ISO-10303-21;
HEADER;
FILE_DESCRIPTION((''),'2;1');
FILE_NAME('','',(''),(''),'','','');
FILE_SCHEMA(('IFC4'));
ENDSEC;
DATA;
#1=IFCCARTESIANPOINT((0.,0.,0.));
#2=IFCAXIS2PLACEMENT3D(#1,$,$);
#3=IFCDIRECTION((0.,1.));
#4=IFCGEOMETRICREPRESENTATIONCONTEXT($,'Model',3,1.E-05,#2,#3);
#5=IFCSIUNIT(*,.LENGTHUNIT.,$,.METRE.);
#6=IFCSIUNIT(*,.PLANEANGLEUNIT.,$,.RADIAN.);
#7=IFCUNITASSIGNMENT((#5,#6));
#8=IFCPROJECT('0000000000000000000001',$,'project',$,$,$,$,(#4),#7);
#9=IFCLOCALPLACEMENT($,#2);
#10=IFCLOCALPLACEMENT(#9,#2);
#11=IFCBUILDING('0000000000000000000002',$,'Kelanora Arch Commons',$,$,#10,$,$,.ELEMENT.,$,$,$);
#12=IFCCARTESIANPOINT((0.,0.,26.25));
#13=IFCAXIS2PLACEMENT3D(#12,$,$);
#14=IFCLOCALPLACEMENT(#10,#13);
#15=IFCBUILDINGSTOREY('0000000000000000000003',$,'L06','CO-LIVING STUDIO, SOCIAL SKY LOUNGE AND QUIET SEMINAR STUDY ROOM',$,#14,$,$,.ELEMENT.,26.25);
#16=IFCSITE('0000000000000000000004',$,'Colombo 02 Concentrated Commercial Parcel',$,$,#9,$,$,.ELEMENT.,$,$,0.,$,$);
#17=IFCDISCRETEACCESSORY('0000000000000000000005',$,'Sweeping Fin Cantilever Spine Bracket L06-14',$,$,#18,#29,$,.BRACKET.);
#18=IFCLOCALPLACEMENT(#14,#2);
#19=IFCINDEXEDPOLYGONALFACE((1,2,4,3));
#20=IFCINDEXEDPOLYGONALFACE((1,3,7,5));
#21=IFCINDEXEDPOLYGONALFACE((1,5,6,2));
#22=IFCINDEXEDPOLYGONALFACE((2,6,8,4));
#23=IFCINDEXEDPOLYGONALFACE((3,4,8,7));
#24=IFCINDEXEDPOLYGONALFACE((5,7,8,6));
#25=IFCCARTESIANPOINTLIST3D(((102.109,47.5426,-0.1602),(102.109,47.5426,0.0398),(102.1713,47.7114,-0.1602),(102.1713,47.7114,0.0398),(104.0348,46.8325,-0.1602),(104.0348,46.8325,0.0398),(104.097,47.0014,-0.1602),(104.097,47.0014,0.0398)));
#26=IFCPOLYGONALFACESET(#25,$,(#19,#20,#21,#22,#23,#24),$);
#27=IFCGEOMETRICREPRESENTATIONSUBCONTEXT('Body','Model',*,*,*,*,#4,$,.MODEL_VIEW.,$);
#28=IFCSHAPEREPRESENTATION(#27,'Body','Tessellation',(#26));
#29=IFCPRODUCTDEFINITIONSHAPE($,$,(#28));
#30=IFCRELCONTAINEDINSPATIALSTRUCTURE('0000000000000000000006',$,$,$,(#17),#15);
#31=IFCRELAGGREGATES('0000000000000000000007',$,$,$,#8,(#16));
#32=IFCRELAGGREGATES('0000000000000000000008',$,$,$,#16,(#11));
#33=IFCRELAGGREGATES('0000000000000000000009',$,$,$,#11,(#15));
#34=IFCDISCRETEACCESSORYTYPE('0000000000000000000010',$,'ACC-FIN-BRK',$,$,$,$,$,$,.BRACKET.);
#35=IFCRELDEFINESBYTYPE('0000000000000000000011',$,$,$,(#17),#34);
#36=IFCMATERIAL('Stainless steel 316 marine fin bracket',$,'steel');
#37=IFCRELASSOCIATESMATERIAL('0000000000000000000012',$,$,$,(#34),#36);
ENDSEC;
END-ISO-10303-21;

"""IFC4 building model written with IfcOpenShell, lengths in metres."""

from ifc_helpers import new_model, si_unit, direction, frame, origin, origin_2d, place, context, subcontext, project, spatial, rectangle, extrude, source, transform, mapped, material, type_object, element, save


model = new_model("IFC4")

# Units and contexts
model_context = context("Model", 3, precision=1e-05, world=origin(), true_north=direction((0.0, 1.0)))
body_context = subcontext(model_context, "Body", "Model", "MODEL_VIEW")
ifc_project = project(units=[si_unit("LENGTHUNIT", "METRE"), si_unit("PLANEANGLEUNIT", "RADIAN")], contexts=[model_context])

# Site, building, storey
site_placement = place(None, origin())
site = spatial("IfcSite", under=ifc_project, at=site_placement, Name="Colombo 02 Concentrated Commercial Parcel", CompositionType="ELEMENT", RefElevation=0.0)
building_placement = place(site_placement, origin())
building = spatial("IfcBuilding", under=site, at=building_placement, Name="Kelanora Arch Commons", CompositionType="ELEMENT")
storey_placement = place(building_placement, frame((0.0, 0.0, 26.25)))
storey = spatial("IfcBuildingStorey", under=building, at=storey_placement, Name="L06", Description="CO-LIVING STUDIO, SOCIAL SKY LOUNGE AND QUIET SEMINAR STUDY ROOM", CompositionType="ELEMENT", Elevation=26.25)

# Discrete accessory
ifc_material_1 = material(Name="Stainless steel 316 marine fin bracket", Category="steel")
discrete_accessory_type = type_object("IfcDiscreteAccessoryType", Name="ACC-FIN-BRK", PredefinedType="BRACKET", material=ifc_material_1)
shared_shape_1 = source(origin(), body_context, "Body", "SweptSolid", [
    extrude(rectangle(XDim=2.0525, YDim=0.1799, at=origin_2d()), origin(), (0.0, 0.0, 1.0), 0.2),
])
discrete_accessory_placement = place(storey_placement, frame((103.103, 47.272, -0.1602), z_axis=(0.0, 0.0, 1.0), x_axis=(0.938252, -0.345953, 0.0)))
element("IfcDiscreteAccessory", 1, at=discrete_accessory_placement, inside=storey, type_object=discrete_accessory_type, Name="Sweeping Fin Cantilever Spine Bracket L06-14", PredefinedType="BRACKET", context=body_context, shape_type="MappedRepresentation", body=[
    mapped(shared_shape_1, transform((0.0, 0.0, 0.0), scale=1.0)),
])

save(model, "model.ifc")
